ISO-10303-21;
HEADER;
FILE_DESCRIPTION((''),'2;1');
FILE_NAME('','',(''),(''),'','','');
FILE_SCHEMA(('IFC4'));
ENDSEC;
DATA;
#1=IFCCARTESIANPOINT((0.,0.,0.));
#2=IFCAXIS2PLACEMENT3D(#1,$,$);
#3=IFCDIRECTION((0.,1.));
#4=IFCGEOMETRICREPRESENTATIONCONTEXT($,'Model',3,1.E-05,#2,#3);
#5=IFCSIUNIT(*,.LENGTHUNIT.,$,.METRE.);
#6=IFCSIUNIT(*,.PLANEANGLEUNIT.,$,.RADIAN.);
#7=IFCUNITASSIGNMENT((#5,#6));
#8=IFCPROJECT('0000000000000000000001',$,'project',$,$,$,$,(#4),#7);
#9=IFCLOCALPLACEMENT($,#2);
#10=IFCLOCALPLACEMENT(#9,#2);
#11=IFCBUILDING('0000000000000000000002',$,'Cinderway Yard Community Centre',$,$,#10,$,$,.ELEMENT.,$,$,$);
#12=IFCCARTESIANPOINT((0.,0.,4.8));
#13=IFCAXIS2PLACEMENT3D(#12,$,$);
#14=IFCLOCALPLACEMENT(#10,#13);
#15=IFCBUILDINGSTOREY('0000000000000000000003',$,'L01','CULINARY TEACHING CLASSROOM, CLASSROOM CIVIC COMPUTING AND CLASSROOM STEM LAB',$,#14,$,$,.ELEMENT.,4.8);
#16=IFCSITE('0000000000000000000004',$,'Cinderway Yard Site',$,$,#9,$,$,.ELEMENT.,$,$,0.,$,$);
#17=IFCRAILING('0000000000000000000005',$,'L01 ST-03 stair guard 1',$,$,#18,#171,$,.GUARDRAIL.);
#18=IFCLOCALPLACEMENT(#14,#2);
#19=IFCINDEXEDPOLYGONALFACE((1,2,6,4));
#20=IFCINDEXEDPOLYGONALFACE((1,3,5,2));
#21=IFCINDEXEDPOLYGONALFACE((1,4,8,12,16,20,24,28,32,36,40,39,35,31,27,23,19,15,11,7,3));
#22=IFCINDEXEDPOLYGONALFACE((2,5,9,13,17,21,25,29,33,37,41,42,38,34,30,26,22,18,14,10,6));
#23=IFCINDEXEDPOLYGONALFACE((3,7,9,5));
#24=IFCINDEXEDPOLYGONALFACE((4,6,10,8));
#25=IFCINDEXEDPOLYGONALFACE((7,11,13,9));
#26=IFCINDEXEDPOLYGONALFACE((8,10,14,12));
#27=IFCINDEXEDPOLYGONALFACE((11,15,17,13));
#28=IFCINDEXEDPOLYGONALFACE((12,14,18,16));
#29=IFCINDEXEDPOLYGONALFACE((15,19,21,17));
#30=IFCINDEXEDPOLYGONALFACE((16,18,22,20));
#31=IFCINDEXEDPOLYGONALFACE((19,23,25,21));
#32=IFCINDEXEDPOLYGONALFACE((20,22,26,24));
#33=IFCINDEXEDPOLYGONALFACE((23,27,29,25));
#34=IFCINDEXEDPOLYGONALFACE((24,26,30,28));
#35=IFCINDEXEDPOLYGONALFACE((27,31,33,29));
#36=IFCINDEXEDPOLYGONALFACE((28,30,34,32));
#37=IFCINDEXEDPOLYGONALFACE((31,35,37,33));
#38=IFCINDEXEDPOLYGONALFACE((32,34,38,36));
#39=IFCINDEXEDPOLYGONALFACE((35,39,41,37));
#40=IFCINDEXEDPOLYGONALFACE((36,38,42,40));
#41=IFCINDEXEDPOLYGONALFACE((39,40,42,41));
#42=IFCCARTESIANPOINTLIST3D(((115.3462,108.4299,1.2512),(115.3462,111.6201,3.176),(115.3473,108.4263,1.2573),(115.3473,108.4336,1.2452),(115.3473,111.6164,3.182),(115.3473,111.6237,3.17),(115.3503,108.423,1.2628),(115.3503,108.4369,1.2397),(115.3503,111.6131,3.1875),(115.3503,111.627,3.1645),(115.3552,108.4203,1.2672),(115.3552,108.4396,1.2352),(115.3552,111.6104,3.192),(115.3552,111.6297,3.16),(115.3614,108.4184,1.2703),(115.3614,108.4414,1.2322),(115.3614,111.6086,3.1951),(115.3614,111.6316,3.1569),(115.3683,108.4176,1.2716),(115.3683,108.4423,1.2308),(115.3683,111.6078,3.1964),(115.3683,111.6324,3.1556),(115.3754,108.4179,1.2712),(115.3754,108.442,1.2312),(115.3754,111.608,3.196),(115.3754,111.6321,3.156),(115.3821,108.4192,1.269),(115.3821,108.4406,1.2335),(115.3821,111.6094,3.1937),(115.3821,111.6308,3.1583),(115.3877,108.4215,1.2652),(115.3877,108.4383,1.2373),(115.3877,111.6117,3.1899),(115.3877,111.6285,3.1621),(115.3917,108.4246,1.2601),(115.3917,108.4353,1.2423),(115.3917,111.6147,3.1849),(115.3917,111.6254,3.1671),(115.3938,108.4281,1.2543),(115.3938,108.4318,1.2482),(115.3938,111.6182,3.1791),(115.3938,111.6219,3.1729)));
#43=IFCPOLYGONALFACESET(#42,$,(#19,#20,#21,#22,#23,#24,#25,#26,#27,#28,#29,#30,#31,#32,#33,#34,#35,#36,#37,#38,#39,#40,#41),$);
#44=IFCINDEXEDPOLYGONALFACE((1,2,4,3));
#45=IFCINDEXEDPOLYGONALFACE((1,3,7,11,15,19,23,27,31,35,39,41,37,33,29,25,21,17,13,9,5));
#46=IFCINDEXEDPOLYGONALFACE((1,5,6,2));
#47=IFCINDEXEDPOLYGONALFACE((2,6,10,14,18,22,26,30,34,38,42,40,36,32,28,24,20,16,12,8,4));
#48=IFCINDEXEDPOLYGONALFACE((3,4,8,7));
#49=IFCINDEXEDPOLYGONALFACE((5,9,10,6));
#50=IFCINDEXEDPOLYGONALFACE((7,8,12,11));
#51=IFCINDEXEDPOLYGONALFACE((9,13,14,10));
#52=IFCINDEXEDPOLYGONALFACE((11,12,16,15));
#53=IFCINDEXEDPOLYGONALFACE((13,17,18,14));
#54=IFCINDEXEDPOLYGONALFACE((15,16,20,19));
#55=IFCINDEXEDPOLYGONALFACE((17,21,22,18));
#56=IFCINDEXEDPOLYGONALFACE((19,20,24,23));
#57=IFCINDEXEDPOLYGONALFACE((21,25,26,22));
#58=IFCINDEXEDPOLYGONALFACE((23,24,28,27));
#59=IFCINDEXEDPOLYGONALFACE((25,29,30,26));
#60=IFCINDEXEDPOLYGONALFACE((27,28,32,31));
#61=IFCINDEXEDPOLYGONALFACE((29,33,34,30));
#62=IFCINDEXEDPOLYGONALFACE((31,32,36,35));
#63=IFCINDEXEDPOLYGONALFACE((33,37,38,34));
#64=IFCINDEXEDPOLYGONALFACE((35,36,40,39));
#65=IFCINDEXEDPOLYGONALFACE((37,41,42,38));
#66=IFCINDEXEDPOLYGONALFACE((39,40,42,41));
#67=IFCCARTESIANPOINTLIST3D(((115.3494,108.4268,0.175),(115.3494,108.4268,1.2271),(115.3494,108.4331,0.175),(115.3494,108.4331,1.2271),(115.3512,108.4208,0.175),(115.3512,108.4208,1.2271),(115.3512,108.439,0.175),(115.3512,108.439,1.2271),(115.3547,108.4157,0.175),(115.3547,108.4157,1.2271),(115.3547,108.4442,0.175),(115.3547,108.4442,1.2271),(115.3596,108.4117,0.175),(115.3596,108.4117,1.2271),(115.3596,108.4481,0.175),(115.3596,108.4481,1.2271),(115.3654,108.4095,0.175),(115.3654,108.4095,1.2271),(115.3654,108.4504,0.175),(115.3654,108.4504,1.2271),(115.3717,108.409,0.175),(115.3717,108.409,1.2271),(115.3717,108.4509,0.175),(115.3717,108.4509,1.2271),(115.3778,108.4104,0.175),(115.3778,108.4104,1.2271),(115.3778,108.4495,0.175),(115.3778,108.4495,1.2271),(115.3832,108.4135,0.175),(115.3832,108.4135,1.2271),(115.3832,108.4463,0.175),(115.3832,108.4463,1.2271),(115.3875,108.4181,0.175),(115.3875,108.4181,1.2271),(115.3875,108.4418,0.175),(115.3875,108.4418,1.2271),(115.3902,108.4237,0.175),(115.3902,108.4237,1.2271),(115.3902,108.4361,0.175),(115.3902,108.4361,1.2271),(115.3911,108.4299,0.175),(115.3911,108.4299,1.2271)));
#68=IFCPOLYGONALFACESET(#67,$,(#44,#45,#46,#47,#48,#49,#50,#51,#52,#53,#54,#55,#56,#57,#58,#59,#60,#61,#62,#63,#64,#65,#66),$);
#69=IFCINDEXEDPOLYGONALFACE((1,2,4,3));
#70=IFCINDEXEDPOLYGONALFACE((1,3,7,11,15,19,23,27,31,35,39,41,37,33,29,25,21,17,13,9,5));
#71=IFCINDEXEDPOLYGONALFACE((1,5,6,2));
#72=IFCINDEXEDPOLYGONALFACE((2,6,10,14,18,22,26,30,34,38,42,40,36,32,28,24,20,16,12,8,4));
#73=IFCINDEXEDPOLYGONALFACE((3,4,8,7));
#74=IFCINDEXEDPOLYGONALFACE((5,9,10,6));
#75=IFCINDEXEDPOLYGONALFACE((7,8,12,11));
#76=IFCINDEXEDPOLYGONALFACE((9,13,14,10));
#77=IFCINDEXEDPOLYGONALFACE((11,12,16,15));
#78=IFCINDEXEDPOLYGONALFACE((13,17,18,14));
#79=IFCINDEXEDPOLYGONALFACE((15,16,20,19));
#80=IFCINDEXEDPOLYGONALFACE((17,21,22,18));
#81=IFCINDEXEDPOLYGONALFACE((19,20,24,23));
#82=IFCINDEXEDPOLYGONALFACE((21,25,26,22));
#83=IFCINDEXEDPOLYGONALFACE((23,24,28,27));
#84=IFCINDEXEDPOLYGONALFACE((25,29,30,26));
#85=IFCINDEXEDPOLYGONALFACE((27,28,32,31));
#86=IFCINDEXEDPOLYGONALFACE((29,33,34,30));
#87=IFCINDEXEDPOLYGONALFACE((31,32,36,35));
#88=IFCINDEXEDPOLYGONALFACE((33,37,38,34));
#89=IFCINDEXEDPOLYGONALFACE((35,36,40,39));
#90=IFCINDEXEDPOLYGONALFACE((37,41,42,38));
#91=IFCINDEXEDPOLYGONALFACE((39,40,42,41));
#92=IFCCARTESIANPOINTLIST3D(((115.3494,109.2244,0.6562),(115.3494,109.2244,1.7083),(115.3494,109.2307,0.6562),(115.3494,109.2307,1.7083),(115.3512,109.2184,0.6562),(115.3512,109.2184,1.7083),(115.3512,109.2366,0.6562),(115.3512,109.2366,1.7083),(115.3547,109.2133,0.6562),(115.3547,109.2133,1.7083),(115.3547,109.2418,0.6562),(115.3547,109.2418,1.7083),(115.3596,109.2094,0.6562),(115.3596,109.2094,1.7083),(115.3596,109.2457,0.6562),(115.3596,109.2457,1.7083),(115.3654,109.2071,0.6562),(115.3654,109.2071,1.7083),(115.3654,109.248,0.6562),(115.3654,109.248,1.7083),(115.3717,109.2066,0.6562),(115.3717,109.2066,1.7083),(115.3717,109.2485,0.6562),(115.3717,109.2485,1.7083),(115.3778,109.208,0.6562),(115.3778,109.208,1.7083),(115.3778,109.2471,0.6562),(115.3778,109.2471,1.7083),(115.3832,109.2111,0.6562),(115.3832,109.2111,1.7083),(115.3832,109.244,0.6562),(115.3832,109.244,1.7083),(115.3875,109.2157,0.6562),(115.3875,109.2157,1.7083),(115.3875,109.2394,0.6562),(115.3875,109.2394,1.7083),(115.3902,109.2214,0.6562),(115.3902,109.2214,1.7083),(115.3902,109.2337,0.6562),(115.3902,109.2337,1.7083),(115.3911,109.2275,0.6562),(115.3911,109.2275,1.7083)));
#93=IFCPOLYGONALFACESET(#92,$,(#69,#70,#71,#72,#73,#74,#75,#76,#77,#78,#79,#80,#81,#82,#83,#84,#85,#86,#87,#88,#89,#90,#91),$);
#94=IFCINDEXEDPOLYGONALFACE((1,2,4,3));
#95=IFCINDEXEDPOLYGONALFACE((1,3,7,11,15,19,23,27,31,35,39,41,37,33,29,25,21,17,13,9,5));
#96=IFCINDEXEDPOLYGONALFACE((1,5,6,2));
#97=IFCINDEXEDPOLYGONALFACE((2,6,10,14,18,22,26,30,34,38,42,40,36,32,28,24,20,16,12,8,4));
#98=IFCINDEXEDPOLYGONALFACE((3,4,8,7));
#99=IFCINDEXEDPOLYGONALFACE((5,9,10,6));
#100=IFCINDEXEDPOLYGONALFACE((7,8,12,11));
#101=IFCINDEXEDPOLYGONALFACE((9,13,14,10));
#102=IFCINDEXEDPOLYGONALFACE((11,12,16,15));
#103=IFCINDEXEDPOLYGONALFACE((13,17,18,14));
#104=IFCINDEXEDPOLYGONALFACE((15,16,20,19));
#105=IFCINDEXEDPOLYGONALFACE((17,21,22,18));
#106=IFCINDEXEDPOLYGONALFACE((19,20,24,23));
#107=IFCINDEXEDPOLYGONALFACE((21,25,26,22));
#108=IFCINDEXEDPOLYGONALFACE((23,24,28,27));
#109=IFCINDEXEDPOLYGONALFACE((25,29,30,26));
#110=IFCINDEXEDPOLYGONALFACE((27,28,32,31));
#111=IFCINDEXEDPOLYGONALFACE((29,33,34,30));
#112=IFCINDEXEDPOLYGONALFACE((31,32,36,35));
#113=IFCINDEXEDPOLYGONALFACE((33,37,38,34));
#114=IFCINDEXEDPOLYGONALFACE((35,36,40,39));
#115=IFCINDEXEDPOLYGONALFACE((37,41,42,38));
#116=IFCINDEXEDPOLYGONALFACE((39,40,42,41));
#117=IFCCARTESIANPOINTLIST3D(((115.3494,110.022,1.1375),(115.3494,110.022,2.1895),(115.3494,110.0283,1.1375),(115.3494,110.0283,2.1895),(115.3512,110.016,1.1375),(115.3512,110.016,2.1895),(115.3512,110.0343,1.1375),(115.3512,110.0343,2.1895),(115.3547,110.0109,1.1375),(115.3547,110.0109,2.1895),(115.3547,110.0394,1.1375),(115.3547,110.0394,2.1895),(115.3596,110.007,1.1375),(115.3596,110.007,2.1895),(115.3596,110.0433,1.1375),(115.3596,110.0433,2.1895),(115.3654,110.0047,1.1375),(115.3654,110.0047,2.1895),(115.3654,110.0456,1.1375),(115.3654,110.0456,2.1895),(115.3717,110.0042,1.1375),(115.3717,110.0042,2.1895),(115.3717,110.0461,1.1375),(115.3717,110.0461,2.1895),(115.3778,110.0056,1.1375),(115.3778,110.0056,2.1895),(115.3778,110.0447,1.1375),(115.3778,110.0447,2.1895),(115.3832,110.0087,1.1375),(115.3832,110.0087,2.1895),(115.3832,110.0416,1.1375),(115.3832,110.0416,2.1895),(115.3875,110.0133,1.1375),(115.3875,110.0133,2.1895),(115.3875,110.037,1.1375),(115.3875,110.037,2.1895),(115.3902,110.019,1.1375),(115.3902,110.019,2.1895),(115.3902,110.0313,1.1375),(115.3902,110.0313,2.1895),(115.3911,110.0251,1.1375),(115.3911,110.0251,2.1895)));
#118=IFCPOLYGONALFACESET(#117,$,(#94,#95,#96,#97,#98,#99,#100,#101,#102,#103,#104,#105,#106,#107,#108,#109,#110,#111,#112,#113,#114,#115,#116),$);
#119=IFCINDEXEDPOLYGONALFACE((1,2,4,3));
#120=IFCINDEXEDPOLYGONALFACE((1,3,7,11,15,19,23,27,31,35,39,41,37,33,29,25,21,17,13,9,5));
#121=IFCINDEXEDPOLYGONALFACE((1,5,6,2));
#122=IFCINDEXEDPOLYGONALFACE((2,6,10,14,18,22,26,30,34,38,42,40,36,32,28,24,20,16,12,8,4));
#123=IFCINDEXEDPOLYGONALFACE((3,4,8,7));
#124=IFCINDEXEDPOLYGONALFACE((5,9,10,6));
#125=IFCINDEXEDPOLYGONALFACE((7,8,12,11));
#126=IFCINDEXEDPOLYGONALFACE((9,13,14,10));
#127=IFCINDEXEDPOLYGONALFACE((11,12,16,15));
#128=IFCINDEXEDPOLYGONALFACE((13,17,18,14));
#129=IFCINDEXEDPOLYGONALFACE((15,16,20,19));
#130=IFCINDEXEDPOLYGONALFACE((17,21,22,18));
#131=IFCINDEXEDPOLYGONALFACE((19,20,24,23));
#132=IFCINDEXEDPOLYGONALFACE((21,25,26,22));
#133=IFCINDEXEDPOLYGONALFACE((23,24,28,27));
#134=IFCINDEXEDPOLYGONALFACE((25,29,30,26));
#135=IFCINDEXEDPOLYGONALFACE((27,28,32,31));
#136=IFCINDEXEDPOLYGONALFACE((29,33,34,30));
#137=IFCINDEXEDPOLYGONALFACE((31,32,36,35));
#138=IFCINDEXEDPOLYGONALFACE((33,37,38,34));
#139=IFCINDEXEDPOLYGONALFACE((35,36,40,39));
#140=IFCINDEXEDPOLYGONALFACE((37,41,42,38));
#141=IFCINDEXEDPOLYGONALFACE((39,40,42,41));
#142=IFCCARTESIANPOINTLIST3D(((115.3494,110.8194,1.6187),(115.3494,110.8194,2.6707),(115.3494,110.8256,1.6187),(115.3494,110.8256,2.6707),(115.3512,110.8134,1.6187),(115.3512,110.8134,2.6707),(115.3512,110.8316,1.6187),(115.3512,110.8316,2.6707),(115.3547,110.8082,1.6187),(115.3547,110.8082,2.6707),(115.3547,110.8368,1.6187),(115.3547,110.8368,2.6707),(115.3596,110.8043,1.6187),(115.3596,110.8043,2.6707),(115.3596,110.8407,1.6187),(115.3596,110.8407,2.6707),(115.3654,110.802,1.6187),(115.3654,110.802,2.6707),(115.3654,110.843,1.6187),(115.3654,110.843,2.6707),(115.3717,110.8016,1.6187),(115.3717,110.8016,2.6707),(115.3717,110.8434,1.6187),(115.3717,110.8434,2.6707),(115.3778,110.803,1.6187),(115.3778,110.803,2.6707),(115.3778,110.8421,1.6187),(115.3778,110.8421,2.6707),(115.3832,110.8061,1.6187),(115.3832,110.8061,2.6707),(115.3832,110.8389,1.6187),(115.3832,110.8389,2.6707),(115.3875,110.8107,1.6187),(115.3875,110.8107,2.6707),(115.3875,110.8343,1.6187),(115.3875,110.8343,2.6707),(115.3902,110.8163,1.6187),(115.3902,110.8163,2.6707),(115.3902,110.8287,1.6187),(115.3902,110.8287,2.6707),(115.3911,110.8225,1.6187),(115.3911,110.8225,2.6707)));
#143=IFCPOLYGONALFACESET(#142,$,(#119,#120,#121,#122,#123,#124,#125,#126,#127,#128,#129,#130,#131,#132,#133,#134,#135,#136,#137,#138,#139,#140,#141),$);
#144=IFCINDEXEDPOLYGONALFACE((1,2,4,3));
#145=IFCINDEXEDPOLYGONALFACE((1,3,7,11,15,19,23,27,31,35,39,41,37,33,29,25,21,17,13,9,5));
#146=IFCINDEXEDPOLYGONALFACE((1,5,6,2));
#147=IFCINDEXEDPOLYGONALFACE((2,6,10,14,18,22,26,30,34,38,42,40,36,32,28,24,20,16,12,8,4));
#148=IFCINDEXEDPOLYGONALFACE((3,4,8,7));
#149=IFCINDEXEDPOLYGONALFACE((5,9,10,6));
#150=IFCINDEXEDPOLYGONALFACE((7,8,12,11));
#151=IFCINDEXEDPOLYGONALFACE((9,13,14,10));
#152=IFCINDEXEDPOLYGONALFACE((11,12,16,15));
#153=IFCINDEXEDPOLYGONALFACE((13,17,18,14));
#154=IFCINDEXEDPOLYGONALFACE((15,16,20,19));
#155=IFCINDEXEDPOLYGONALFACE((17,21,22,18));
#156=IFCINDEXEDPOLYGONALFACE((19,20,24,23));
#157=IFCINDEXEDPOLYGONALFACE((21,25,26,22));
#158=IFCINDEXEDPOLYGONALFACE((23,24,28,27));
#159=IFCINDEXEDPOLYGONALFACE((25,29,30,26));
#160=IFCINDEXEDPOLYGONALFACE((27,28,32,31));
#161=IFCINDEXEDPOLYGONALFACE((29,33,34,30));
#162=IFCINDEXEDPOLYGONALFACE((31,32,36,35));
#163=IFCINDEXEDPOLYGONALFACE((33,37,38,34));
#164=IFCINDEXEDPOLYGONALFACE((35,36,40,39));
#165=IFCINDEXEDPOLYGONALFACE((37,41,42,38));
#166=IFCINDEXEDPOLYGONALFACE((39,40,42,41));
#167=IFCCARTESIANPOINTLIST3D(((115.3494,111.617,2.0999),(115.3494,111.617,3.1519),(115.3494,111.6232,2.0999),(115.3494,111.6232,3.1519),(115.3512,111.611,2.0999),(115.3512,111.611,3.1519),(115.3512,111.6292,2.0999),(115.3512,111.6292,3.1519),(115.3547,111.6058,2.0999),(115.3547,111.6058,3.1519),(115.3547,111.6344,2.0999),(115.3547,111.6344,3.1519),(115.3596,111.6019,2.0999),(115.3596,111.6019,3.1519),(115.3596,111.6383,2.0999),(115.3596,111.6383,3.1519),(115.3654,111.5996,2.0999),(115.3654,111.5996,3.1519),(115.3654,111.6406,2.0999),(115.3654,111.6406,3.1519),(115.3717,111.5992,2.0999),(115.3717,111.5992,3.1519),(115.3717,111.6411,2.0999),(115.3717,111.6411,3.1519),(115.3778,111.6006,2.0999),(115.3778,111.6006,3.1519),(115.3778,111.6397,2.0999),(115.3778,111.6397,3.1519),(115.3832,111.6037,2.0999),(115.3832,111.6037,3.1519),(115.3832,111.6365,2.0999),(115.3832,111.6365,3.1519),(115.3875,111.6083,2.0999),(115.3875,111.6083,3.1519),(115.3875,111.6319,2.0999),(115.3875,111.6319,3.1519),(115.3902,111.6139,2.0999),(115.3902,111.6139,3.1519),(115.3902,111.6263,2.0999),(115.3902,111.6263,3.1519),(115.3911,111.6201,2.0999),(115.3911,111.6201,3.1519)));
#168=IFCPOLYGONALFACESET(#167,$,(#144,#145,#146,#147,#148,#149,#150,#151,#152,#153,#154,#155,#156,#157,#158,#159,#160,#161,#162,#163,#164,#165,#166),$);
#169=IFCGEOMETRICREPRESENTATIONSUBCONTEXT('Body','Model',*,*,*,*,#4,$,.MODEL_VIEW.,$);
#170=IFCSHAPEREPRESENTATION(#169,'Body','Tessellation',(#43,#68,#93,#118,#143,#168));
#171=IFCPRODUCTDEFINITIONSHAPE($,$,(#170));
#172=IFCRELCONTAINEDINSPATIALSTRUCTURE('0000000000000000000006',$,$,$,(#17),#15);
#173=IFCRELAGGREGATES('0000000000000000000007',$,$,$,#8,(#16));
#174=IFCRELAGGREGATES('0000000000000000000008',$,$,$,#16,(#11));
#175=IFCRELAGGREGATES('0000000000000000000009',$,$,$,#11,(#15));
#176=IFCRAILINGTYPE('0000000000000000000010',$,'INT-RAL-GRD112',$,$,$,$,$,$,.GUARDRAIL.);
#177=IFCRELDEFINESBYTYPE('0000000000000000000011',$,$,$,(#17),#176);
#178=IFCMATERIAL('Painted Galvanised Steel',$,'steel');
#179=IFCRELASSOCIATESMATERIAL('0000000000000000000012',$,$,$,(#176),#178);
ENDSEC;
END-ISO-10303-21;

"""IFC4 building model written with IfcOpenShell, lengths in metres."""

from ifc_helpers import new_model, si_unit, direction, frame, origin, origin_2d, place, context, subcontext, project, spatial, circle, extrude, material, type_object, element, save


model = new_model("IFC4")

# Units and contexts
model_context = context("Model", 3, precision=1e-05, world=origin(), true_north=direction((0.0, 1.0)))
body_context = subcontext(model_context, "Body", "Model", "MODEL_VIEW")
ifc_project = project(units=[si_unit("LENGTHUNIT", "METRE"), si_unit("PLANEANGLEUNIT", "RADIAN")], contexts=[model_context])

# Site, building, storey
site_placement = place(None, origin())
site = spatial("IfcSite", under=ifc_project, at=site_placement, Name="Cinderway Yard Site", CompositionType="ELEMENT", RefElevation=0.0)
building_placement = place(site_placement, origin())
building = spatial("IfcBuilding", under=site, at=building_placement, Name="Cinderway Yard Community Centre", CompositionType="ELEMENT")
storey_placement = place(building_placement, frame((0.0, 0.0, 4.8)))
storey = spatial("IfcBuildingStorey", under=building, at=storey_placement, Name="L01", Description="CULINARY TEACHING CLASSROOM, CLASSROOM CIVIC COMPUTING AND CLASSROOM STEM LAB", CompositionType="ELEMENT", Elevation=4.8)

# Shared definitions
ifc_material_1 = material(Name="Painted Galvanised Steel", Category="steel")

# Railing
railing_type = type_object("IfcRailingType", Name="INT-RAL-GRD112", PredefinedType="GUARDRAIL", material=ifc_material_1)
railing_1_placement = place(storey_placement, frame((115.3701, 108.4299, 0.175)))
element("IfcRailing", 1, at=railing_1_placement, inside=storey, type_object=railing_type, Name="L01 ST-03 stair guard 1", PredefinedType="GUARDRAIL", context=body_context, shape_type="SweptSolid", body=[
    extrude(circle(Radius=0.0239, at=origin_2d()), frame((0.0, 0.0, 1.0762), z_axis=(0.0, 0.856224, 0.516605), x_axis=(-1.0, 0.0, 0.0)), (0.0, 0.0, 1.0), 3.7258),
    extrude(circle(Radius=0.021, at=origin_2d()), origin(), (0.0, 0.0, 1.0), 1.052),
    extrude(circle(Radius=0.021, at=origin_2d()), frame((0.0, 0.7976, 0.4812)), (0.0, 0.0, 1.0), 1.052),
    extrude(circle(Radius=0.021, at=origin_2d()), frame((0.0, 1.5952, 0.9624)), (0.0, 0.0, 1.0), 1.052),
    extrude(circle(Radius=0.021, at=origin_2d()), frame((0.0, 2.3926, 1.4436)), (0.0, 0.0, 1.0), 1.052),
    extrude(circle(Radius=0.021, at=origin_2d()), frame((0.0, 3.1902, 1.9248)), (0.0, 0.0, 1.0), 1.052),
])

save(model, "model.ifc")
